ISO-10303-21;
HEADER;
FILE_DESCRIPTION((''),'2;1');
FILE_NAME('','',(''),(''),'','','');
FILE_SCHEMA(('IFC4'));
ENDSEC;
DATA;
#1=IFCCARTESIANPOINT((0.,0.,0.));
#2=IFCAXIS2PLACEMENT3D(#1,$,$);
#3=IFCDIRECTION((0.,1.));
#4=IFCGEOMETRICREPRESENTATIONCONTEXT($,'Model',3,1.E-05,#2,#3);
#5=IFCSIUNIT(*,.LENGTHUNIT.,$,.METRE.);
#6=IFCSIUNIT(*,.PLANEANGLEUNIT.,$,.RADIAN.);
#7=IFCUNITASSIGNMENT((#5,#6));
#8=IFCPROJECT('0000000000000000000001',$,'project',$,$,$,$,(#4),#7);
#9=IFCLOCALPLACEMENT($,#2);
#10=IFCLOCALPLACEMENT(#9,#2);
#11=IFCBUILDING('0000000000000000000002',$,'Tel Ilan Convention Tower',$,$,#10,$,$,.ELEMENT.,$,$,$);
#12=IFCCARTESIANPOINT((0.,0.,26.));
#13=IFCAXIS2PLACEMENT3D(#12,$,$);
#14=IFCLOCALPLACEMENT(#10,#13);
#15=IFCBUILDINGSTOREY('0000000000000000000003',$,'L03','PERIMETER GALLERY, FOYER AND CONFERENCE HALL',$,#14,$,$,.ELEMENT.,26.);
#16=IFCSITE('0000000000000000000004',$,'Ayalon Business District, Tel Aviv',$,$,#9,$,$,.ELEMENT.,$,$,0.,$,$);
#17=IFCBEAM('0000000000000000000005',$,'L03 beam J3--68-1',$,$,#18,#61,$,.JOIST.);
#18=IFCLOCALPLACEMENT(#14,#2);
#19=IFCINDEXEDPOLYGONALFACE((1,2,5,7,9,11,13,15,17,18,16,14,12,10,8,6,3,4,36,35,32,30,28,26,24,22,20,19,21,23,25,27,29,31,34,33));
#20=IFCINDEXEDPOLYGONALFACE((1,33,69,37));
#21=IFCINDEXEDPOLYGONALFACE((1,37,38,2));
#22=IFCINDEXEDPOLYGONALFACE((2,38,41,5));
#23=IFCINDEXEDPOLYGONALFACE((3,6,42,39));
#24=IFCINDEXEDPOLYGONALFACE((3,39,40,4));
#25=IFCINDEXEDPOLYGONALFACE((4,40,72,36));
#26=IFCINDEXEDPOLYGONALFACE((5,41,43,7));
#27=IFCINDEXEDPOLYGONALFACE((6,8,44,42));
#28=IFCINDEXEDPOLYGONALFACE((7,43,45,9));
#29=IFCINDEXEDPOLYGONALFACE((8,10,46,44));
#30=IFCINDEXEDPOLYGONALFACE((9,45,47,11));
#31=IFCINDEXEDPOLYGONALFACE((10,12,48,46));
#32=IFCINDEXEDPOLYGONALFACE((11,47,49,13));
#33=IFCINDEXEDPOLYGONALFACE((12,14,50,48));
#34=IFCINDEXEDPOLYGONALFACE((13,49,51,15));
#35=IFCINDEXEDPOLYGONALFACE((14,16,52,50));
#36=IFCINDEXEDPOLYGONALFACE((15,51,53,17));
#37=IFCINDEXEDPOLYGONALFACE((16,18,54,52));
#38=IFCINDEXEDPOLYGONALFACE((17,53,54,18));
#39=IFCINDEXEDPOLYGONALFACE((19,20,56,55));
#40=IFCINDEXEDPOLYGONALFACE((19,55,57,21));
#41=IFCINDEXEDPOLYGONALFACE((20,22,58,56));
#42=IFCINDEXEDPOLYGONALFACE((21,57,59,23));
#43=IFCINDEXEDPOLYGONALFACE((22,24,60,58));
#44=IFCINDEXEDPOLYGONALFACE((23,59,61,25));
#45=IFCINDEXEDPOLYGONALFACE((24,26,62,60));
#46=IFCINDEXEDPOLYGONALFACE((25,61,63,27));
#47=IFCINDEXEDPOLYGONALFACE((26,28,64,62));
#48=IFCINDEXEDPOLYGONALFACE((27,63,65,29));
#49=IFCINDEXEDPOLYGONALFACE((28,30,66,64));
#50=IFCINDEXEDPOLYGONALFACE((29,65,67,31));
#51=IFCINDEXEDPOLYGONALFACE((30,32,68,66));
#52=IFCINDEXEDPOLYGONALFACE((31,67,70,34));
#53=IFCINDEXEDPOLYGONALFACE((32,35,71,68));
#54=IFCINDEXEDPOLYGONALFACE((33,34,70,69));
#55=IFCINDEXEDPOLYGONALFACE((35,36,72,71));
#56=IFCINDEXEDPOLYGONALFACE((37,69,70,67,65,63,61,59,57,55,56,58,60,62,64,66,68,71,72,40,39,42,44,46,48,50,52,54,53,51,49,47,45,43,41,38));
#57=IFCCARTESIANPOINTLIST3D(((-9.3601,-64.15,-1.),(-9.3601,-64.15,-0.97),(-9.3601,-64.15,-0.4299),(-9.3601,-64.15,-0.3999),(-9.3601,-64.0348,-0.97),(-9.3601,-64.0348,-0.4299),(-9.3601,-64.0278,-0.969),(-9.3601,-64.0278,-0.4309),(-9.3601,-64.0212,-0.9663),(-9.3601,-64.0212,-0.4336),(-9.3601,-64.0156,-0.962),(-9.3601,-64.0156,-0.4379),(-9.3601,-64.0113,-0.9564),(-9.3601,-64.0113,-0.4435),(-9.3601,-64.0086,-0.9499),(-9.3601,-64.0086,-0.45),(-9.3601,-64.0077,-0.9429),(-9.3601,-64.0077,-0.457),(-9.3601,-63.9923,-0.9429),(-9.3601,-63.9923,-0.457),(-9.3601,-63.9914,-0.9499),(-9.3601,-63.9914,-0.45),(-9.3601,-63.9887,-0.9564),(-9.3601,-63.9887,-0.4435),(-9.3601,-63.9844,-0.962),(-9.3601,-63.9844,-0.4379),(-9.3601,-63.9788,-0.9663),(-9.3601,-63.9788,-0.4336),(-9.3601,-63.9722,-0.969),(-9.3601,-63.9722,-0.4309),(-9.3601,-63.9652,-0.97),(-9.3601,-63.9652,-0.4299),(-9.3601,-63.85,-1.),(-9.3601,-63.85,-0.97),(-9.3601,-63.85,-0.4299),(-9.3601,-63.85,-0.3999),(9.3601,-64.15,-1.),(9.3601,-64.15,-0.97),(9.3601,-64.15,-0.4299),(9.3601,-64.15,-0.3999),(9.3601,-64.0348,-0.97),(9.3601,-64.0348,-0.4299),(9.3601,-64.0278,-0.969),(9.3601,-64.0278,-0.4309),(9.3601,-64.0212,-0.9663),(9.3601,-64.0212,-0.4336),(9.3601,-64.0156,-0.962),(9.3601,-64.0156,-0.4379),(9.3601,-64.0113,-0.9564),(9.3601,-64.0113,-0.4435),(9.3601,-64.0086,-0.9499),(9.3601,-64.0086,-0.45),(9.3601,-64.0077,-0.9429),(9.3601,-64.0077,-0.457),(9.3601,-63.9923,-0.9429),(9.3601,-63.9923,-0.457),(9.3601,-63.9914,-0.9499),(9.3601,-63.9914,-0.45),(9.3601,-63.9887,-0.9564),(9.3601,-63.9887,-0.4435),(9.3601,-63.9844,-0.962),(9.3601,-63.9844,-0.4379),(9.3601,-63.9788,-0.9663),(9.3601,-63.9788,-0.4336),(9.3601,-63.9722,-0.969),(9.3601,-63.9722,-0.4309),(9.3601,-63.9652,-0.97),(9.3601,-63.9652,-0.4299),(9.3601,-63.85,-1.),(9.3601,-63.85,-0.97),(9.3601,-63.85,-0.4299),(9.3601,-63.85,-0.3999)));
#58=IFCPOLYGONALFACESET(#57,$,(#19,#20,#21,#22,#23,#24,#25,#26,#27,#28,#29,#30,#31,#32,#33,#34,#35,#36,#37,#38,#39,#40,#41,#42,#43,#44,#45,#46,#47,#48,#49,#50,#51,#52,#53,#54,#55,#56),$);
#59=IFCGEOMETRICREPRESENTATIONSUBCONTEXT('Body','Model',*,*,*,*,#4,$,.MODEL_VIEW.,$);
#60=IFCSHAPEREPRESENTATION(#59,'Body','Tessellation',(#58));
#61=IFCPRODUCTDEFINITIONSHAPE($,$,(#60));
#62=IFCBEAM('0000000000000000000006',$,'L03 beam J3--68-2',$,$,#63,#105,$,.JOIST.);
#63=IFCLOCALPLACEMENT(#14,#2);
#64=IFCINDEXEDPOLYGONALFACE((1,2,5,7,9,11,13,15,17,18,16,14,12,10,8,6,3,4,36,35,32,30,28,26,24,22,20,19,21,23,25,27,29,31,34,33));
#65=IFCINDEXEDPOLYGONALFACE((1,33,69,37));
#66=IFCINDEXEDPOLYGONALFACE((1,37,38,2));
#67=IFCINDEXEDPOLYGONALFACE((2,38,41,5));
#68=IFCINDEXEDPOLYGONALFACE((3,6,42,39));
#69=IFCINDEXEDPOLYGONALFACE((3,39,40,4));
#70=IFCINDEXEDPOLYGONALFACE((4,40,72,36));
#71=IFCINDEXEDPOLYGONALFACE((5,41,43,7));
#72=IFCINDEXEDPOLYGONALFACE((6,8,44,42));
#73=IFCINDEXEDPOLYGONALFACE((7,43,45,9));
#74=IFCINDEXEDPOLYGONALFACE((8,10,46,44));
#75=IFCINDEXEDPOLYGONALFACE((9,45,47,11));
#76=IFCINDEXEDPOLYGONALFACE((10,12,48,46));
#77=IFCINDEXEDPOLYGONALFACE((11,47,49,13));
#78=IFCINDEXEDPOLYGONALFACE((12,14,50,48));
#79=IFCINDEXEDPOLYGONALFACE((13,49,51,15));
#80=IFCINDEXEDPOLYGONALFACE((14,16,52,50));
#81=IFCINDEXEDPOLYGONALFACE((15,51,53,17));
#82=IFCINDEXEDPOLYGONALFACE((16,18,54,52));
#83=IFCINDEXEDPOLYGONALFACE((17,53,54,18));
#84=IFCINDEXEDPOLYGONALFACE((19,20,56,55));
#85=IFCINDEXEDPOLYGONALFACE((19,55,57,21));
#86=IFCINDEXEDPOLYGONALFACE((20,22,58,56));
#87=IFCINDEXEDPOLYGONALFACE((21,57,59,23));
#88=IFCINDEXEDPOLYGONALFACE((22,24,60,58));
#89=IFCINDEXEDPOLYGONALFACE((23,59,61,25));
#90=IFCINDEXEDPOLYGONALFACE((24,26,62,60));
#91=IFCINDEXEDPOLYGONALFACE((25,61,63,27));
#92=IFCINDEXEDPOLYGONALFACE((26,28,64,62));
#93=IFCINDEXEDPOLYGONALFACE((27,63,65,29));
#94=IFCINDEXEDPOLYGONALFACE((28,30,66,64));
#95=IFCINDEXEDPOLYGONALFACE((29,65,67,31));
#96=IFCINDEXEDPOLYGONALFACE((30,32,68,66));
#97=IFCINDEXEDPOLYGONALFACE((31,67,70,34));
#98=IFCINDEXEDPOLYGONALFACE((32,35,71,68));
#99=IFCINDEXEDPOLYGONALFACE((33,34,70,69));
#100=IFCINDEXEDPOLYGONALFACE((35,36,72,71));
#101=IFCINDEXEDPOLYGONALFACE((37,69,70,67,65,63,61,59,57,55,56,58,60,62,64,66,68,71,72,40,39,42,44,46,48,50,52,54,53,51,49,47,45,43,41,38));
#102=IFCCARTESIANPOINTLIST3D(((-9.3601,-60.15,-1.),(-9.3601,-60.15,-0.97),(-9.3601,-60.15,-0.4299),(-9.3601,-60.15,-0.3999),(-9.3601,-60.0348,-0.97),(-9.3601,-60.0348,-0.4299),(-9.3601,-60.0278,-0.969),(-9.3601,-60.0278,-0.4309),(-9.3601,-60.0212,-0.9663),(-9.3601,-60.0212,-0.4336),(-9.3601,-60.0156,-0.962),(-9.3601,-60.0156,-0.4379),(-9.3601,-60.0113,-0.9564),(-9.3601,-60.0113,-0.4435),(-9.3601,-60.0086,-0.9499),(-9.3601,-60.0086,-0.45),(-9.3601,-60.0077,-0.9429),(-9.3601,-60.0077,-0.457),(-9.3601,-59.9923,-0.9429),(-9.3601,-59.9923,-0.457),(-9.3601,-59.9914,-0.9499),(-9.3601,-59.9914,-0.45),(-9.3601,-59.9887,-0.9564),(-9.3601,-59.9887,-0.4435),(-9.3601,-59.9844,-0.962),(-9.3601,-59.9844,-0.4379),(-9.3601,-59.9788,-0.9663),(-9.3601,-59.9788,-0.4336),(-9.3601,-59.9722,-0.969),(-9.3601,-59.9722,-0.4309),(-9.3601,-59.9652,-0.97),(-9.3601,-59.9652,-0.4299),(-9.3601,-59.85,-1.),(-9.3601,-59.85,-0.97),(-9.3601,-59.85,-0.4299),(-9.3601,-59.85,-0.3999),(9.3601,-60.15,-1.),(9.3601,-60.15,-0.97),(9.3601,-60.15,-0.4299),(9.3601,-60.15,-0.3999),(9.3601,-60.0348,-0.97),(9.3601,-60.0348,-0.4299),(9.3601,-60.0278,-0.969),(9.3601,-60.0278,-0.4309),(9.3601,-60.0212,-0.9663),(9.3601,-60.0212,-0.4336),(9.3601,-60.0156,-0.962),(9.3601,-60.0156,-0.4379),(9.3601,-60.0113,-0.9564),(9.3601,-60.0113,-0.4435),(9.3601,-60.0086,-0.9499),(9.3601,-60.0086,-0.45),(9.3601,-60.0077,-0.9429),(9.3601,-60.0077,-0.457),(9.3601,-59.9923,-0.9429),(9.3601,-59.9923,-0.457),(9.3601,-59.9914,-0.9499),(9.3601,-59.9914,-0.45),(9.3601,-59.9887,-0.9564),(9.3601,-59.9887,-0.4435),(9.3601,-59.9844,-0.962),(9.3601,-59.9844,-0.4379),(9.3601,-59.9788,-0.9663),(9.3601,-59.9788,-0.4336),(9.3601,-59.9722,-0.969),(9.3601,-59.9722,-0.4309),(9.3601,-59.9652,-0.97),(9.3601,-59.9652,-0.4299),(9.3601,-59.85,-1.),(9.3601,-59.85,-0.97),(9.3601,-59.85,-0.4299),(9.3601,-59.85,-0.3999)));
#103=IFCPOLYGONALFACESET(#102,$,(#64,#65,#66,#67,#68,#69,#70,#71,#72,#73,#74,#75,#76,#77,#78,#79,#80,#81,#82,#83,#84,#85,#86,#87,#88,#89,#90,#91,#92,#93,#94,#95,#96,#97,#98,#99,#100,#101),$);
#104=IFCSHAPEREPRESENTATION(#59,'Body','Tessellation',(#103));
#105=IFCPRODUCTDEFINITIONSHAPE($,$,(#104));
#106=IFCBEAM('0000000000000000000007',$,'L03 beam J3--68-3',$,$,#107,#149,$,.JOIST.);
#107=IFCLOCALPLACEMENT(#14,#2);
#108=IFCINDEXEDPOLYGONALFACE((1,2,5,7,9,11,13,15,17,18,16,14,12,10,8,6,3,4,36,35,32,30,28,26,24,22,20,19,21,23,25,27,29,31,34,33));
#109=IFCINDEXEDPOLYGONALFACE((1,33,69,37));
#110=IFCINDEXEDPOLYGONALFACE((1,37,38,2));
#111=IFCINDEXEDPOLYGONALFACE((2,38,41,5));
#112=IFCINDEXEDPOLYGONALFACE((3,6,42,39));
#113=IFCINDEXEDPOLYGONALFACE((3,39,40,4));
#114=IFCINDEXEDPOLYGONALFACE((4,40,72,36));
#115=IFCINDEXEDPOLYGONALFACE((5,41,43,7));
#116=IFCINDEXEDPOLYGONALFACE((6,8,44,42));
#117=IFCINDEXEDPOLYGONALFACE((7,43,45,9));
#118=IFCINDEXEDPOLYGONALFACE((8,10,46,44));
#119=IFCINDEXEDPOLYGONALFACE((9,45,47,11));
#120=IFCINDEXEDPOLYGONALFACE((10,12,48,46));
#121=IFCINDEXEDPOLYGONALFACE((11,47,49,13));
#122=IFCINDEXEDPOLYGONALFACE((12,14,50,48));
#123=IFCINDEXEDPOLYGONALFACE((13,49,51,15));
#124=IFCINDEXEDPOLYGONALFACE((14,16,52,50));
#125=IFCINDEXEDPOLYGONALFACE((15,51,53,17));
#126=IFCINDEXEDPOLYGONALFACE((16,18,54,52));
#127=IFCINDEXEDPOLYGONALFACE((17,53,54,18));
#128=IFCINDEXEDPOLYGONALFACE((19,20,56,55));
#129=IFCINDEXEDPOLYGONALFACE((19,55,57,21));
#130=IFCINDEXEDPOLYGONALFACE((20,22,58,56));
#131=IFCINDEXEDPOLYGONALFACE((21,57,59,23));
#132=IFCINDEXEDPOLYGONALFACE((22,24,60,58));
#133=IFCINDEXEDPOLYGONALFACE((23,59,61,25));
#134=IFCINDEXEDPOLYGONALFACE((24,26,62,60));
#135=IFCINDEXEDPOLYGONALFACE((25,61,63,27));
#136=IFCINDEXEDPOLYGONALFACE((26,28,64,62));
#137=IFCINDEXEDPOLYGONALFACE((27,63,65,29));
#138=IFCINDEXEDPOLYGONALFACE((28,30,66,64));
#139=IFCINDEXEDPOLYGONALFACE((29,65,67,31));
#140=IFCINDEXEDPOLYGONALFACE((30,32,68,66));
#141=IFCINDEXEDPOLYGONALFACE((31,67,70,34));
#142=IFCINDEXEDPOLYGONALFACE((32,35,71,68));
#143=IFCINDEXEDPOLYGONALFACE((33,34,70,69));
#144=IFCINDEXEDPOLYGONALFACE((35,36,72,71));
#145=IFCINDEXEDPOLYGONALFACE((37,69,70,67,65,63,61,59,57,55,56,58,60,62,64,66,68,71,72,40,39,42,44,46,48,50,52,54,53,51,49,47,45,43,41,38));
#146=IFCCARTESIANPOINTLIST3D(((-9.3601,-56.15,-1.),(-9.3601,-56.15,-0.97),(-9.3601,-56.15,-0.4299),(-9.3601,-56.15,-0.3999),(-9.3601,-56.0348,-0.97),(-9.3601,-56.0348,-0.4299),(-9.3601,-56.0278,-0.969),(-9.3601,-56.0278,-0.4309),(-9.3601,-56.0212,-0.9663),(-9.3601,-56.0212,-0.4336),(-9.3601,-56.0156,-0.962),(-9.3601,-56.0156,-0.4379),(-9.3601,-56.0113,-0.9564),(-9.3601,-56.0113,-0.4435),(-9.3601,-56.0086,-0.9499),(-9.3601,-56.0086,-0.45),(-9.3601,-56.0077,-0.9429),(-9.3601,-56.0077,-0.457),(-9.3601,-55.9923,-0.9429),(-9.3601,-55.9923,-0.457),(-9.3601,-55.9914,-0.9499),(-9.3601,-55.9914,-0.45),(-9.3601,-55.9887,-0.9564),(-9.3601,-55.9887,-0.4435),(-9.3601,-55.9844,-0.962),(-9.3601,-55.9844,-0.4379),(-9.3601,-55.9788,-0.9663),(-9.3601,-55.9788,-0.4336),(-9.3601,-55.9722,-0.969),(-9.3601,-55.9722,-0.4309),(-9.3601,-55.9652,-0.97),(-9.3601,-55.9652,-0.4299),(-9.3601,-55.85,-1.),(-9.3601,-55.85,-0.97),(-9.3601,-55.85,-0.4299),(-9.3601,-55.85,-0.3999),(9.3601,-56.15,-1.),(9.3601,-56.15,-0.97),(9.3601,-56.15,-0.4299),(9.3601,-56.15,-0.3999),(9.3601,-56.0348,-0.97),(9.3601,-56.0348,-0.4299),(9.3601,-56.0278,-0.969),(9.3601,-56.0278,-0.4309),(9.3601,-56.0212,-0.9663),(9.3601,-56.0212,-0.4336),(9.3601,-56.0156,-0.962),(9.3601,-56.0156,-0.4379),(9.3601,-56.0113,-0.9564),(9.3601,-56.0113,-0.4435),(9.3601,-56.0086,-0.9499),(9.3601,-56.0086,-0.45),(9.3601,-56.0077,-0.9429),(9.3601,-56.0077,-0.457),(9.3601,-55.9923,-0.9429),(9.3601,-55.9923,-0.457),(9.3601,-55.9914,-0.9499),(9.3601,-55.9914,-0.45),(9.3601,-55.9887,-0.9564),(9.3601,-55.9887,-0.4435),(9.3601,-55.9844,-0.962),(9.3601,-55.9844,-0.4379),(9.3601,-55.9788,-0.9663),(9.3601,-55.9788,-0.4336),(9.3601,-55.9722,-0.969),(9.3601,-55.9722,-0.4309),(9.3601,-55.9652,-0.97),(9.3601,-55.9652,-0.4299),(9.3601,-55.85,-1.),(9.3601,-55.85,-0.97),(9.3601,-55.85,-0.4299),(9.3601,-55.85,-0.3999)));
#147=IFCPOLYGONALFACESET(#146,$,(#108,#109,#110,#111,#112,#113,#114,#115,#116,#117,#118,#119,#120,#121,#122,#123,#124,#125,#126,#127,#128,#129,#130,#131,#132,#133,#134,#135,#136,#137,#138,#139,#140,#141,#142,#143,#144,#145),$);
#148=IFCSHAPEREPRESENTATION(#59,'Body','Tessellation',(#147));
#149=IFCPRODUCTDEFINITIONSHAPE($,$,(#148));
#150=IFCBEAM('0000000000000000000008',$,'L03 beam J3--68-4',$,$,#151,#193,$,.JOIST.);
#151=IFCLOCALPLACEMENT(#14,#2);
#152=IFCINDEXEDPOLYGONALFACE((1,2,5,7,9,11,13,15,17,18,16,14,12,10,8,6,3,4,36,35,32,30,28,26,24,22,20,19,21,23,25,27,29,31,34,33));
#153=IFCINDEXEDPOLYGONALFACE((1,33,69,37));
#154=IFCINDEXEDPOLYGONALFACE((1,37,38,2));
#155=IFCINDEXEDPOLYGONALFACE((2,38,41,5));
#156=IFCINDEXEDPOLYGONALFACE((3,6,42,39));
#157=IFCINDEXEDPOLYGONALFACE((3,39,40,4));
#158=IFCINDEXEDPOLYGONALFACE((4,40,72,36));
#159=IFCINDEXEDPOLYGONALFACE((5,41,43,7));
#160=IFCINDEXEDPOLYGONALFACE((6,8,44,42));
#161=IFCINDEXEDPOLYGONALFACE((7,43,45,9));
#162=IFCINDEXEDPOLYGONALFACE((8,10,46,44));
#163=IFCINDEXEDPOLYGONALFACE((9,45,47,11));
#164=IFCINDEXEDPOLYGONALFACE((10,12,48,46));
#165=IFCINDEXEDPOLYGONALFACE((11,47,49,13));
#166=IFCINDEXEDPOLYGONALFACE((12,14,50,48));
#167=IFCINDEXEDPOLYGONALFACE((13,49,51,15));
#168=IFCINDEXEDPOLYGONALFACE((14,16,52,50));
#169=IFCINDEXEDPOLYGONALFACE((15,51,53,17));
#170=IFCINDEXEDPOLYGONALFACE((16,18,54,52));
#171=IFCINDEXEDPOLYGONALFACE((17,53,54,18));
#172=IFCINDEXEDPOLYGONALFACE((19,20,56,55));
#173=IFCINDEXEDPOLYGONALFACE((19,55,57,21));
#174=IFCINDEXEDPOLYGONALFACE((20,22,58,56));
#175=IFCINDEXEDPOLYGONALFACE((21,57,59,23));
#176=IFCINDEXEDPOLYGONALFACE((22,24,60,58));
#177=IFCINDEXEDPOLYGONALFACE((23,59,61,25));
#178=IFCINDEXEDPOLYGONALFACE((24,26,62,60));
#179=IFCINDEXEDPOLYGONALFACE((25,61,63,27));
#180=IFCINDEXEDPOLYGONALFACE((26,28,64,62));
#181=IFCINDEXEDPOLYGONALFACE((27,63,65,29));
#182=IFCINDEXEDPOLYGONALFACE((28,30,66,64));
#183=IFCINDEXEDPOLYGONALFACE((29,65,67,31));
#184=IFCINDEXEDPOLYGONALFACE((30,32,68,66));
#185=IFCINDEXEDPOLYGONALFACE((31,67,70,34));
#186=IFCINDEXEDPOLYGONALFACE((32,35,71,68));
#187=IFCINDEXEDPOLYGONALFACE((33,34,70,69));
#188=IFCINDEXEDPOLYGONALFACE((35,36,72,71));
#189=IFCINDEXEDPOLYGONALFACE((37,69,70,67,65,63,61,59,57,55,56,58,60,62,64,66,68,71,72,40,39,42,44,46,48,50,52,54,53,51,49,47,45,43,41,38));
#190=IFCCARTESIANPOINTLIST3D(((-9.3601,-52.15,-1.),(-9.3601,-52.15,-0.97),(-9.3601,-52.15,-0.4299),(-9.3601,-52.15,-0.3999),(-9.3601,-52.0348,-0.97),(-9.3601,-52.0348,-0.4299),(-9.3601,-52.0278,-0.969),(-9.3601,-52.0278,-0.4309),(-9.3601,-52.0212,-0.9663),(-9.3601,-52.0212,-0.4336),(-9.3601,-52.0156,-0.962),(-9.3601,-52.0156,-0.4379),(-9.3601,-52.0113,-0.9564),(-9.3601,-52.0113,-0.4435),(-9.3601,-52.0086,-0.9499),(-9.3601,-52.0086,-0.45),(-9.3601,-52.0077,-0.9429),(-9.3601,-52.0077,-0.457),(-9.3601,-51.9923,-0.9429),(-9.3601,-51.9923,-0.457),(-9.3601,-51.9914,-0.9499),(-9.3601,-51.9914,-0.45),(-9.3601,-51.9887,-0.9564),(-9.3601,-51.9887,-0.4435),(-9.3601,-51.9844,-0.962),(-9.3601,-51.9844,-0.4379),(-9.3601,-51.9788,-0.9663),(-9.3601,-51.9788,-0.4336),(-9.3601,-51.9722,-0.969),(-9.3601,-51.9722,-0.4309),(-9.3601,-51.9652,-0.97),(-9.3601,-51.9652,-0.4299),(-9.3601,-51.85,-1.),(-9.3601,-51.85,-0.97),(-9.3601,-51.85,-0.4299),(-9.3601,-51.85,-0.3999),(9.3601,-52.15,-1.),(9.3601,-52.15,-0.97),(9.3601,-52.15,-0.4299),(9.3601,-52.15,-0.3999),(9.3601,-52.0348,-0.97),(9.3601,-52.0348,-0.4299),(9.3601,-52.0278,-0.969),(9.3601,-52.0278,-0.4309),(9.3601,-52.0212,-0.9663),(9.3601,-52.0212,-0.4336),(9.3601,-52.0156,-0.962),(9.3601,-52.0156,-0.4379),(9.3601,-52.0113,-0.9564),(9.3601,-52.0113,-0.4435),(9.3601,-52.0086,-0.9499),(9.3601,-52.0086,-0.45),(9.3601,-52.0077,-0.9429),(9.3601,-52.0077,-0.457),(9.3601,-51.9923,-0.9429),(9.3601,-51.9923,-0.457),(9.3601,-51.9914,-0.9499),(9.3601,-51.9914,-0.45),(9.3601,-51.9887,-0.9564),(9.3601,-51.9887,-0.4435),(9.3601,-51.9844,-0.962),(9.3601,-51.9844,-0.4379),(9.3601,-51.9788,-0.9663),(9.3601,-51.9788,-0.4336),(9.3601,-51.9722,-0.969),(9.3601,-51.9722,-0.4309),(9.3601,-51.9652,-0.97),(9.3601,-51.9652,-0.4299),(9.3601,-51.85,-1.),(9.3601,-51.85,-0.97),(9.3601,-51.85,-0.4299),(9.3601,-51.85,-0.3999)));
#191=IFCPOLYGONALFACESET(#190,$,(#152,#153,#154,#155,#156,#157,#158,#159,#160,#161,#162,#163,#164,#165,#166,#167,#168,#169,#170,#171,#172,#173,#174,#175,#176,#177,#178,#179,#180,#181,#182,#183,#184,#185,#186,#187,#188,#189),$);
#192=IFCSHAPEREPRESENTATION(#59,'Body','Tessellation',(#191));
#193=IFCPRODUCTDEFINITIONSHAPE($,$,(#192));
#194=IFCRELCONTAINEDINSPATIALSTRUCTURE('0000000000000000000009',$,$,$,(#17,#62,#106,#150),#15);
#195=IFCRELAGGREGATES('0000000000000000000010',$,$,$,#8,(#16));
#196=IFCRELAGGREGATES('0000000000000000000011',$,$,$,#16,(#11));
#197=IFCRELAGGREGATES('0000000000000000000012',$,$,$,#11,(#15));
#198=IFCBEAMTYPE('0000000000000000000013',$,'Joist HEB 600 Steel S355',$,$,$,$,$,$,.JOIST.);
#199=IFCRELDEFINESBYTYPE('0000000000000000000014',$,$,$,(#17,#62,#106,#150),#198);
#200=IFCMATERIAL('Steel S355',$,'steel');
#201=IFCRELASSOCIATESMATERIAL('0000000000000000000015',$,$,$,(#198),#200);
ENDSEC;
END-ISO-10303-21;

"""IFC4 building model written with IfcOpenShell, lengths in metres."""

from ifc_helpers import new_model, si_unit, direction, frame, origin, origin_2d, place, context, subcontext, project, spatial, i_section, extrude, material, material_profile, profile_set, type_object, element, save


model = new_model("IFC4")

# Units and contexts
model_context = context("Model", 3, precision=1e-05, world=origin(), true_north=direction((0.0, 1.0)))
body_context = subcontext(model_context, "Body", "Model", "MODEL_VIEW")
ifc_project = project(units=[si_unit("LENGTHUNIT", "METRE"), si_unit("PLANEANGLEUNIT", "RADIAN")], contexts=[model_context])

# Site, building, storey
site_placement = place(None, origin())
site = spatial("IfcSite", under=ifc_project, at=site_placement, Name="Ayalon Business District, Tel Aviv", CompositionType="ELEMENT", RefElevation=0.0)
building_placement = place(site_placement, origin())
building = spatial("IfcBuilding", under=site, at=building_placement, Name="Tel Ilan Convention Tower", CompositionType="ELEMENT")
storey_placement = place(building_placement, frame((0.0, 0.0, 26.0)))
storey = spatial("IfcBuildingStorey", under=building, at=storey_placement, Name="L03", Description="PERIMETER GALLERY, FOYER AND CONFERENCE HALL", CompositionType="ELEMENT", Elevation=26.0)

# Beams
ifc_material_1 = material(Name="Steel S355", Category="steel")
ifc_material_profile_1 = material_profile(ifc_material_1, i_section(OverallWidth=0.3, OverallDepth=0.6001, WebThickness=0.0154, FlangeThickness=0.03, FilletRadius=0.0271, at=origin_2d()), Name="HEB 600")
ifc_profile_set_1 = profile_set([ifc_material_profile_1], Name="Steel S355")
beam_type_1 = type_object("IfcBeamType", Name="Joist HEB 600 Steel S355", PredefinedType="JOIST", material=ifc_profile_set_1)
for number, where, z_axis, x_axis, name in (
    (1, (-9.3601, -64.0, -0.7), (1.0, 0.0, 0.0), (0.0, 1.0, 0.0), "L03 beam J3--68-1"),
    (2, (-9.3601, -60.0, -0.7), (1.0, 0.0, 0.0), (0.0, 1.0, 0.0), "L03 beam J3--68-2"),
    (3, (-9.3601, -56.0, -0.7), (1.0, 0.0, 0.0), (0.0, 1.0, 0.0), "L03 beam J3--68-3"),
    (4, (-9.3601, -52.0, -0.7), (1.0, 0.0, 0.0), (0.0, 1.0, 0.0), "L03 beam J3--68-4"),
):
    element("IfcBeam", number, at=place(storey_placement, frame(where, z_axis=z_axis, x_axis=x_axis)), inside=storey, type_object=beam_type_1, Name=name, PredefinedType="JOIST", context=body_context, shape_type="SweptSolid", body=[
        extrude(i_section(OverallWidth=0.3, OverallDepth=0.6001, WebThickness=0.0154, FlangeThickness=0.03, FilletRadius=0.0271, at=origin_2d()), origin(), (0.0, 0.0, 1.0), 18.7202),
    ])

save(model, "model.ifc")
